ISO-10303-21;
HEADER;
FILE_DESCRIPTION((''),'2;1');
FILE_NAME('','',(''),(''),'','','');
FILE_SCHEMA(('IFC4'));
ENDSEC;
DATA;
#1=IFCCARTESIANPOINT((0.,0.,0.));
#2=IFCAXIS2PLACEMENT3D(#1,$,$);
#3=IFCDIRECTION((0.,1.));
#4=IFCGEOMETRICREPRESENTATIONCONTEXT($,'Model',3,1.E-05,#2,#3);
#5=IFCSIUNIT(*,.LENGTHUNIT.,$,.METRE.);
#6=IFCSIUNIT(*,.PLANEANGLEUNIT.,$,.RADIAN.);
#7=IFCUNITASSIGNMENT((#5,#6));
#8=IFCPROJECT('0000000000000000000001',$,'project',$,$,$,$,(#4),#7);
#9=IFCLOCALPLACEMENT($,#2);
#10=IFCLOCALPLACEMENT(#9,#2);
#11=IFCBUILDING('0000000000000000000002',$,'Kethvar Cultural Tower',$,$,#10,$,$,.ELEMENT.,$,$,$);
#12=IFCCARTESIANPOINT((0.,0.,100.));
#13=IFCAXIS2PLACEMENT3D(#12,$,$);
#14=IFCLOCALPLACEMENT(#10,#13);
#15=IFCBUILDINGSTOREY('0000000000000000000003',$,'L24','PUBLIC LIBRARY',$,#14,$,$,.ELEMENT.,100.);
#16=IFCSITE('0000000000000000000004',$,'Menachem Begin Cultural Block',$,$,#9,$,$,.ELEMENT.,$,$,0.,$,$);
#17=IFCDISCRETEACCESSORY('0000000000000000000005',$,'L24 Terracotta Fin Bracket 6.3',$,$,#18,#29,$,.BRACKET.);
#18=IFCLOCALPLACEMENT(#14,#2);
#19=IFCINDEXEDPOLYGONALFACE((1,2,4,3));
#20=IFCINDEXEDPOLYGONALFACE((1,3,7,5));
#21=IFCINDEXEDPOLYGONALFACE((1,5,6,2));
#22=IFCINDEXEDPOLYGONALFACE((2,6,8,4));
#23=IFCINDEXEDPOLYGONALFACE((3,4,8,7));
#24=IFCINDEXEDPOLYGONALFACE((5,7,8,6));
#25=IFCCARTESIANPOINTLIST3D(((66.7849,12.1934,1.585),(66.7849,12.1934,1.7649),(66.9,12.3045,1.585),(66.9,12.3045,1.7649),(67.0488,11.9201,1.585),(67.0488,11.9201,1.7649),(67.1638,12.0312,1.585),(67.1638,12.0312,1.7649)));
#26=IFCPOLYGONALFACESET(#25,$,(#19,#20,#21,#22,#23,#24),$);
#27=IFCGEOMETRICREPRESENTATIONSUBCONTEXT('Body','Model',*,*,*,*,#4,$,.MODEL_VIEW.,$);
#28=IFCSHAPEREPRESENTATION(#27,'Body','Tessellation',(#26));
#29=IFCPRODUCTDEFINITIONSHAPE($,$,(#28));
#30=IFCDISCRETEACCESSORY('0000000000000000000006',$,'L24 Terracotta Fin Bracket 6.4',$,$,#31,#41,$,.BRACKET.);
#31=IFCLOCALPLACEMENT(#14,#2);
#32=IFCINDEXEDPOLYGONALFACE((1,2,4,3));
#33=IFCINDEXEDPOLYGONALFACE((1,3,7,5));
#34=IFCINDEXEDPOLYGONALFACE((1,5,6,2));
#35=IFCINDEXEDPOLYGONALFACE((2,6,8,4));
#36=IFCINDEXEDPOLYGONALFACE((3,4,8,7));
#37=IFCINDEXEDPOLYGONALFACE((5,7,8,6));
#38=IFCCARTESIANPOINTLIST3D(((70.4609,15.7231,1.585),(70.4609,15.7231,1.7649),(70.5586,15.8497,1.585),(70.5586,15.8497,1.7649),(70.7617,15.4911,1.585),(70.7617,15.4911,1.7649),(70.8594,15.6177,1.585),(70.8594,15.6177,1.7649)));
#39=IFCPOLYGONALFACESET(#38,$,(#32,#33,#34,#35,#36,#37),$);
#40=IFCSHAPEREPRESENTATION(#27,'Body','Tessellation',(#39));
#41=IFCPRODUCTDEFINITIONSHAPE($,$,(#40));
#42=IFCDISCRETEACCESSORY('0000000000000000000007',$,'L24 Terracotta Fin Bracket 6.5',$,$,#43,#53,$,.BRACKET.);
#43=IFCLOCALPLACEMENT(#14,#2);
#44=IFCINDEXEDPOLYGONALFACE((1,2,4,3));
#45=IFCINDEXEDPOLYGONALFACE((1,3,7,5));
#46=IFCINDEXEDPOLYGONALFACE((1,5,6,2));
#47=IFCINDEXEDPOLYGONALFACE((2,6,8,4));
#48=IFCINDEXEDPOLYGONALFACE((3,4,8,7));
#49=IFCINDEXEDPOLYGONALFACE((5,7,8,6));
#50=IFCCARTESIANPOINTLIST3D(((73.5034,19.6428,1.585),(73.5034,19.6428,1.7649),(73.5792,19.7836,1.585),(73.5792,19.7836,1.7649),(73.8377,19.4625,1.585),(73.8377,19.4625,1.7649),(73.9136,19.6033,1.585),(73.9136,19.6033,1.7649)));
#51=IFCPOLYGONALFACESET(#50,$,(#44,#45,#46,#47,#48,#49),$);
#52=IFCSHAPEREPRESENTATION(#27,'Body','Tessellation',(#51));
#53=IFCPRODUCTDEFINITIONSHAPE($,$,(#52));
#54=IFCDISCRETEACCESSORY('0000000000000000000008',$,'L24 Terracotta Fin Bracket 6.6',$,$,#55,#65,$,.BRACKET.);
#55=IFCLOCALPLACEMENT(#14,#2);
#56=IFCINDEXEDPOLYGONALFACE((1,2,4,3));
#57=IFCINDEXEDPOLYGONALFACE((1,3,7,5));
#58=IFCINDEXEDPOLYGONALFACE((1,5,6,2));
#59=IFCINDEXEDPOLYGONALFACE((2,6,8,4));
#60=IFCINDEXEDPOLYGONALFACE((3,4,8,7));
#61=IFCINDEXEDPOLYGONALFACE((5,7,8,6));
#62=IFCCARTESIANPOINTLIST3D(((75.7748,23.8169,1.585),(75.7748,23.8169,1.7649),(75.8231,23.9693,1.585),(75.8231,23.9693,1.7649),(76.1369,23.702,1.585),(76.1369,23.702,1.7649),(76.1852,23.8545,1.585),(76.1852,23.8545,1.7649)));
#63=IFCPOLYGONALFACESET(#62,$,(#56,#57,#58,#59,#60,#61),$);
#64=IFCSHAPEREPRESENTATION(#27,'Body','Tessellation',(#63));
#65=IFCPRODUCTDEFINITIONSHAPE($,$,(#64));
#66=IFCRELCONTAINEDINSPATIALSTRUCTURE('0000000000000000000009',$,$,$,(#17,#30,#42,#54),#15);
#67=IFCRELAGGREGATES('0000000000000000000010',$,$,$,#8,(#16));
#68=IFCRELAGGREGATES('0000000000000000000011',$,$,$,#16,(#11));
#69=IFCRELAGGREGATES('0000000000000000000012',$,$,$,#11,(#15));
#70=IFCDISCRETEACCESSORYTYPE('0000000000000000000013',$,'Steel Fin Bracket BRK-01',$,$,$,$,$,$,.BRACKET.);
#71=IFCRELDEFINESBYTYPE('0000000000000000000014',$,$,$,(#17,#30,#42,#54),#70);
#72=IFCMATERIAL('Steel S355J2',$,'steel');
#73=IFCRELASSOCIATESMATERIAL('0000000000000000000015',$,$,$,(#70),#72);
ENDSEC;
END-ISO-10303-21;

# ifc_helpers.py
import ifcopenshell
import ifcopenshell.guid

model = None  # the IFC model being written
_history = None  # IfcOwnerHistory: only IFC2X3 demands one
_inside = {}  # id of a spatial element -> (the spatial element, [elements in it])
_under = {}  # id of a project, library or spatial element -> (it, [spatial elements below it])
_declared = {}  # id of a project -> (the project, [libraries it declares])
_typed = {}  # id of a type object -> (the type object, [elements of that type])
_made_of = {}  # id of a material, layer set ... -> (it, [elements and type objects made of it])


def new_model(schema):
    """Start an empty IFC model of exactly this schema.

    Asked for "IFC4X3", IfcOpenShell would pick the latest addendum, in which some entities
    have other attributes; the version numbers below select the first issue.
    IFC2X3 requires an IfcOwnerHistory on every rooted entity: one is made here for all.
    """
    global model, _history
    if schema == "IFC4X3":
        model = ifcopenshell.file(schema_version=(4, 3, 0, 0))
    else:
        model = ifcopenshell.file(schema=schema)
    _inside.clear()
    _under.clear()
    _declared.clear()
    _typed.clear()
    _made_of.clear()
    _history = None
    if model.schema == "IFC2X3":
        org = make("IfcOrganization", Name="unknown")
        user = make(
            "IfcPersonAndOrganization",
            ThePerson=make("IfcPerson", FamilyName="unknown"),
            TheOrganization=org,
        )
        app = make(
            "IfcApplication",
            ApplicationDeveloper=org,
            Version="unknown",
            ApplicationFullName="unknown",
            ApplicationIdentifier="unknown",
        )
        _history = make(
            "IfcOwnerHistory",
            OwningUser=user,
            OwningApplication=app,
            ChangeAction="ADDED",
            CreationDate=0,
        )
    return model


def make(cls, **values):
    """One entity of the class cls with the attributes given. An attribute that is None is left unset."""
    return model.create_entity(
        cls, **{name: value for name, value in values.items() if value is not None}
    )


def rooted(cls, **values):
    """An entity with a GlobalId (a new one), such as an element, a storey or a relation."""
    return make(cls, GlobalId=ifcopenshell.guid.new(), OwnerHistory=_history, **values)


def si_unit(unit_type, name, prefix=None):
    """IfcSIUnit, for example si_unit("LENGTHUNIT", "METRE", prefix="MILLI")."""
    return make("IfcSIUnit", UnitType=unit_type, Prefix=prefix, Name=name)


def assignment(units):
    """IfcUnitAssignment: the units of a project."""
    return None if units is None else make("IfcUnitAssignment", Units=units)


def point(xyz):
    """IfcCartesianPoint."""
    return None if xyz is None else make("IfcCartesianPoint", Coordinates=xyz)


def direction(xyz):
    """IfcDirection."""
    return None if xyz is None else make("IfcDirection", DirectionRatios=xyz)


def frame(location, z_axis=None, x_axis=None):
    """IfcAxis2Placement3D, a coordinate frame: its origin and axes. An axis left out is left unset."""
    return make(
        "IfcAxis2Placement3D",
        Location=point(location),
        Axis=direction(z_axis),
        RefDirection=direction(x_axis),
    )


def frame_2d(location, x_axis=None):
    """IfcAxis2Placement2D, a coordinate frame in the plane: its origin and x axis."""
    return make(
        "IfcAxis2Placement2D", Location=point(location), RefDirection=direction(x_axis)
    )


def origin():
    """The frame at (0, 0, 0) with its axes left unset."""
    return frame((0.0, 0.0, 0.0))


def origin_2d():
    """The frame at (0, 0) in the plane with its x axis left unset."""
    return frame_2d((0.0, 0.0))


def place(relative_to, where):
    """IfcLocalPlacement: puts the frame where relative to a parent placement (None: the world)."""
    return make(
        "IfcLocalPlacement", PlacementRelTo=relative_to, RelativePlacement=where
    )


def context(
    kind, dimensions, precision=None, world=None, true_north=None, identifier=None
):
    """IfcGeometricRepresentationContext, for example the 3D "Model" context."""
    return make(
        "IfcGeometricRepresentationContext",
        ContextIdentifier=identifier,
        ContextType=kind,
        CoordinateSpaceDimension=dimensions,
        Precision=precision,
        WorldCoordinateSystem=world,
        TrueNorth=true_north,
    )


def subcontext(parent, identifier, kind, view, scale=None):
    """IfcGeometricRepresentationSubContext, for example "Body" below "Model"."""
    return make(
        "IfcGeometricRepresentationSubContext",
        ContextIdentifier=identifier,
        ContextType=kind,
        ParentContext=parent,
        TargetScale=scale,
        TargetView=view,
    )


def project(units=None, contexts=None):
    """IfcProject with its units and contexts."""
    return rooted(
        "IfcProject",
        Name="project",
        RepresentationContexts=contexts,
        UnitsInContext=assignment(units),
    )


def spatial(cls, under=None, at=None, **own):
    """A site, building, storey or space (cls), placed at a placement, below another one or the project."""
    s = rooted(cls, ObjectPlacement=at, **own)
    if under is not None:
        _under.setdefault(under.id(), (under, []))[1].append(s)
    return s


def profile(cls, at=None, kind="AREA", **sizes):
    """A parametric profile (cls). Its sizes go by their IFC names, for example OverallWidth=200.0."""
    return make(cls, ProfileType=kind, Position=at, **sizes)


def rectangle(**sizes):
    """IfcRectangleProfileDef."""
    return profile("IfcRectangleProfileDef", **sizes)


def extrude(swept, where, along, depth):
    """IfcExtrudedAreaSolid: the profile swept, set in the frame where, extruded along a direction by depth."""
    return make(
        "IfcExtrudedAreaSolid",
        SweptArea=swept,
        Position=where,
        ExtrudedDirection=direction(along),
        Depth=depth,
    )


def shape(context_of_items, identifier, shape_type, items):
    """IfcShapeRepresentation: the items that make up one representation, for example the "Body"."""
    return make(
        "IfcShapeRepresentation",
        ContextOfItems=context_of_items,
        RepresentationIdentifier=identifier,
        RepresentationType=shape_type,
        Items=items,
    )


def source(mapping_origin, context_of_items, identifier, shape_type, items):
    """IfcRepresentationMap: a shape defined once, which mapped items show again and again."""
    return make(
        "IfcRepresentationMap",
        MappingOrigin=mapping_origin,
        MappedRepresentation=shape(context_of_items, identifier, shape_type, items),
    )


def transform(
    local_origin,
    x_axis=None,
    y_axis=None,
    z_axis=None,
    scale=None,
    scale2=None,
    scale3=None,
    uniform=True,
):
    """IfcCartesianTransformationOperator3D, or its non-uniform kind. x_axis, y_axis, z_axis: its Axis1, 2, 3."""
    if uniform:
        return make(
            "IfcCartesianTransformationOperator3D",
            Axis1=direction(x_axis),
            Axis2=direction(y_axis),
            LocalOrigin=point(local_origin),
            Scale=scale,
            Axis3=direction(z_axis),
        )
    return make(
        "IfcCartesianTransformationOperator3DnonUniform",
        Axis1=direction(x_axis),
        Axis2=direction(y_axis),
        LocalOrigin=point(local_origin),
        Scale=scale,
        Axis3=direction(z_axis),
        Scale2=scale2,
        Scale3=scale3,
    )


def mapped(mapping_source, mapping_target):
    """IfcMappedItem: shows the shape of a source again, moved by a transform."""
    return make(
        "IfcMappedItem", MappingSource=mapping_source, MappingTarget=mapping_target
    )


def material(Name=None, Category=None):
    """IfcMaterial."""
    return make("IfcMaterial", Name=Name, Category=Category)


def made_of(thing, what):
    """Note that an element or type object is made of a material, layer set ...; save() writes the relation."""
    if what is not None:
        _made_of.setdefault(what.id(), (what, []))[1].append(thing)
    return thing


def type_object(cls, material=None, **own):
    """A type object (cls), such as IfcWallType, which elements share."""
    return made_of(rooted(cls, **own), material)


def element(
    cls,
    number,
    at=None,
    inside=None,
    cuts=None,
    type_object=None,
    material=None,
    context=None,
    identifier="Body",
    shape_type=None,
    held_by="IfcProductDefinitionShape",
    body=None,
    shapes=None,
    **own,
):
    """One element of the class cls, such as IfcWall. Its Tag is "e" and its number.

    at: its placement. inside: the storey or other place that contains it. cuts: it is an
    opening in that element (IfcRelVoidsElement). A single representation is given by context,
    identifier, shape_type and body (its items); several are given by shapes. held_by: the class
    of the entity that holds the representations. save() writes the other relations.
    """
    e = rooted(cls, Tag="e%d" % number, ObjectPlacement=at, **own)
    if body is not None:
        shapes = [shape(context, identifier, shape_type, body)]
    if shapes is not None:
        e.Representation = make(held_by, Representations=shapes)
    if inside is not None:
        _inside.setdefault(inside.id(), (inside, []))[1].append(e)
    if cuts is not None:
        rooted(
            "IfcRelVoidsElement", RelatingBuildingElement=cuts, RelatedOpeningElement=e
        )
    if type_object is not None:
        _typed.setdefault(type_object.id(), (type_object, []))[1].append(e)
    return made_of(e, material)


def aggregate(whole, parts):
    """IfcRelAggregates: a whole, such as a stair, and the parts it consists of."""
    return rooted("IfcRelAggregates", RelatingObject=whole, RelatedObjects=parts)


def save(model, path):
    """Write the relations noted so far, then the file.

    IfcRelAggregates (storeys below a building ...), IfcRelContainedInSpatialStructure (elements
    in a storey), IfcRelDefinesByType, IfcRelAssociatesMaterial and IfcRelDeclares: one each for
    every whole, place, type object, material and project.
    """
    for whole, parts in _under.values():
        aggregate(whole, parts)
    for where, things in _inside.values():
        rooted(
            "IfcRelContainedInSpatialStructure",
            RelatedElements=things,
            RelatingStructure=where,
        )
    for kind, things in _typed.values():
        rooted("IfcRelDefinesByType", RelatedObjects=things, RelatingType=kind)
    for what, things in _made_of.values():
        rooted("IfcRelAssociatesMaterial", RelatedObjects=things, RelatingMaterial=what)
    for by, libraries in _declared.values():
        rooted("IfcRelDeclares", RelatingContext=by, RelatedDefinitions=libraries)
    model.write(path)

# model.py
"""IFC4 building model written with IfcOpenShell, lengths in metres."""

from ifc_helpers import new_model, si_unit, direction, frame, origin, origin_2d, place, context, subcontext, project, spatial, rectangle, extrude, source, transform, mapped, material, type_object, element, save


model = new_model("IFC4")

# Units and contexts
model_context = context("Model", 3, precision=1e-05, world=origin(), true_north=direction((0.0, 1.0)))
body_context = subcontext(model_context, "Body", "Model", "MODEL_VIEW")
ifc_project = project(units=[si_unit("LENGTHUNIT", "METRE"), si_unit("PLANEANGLEUNIT", "RADIAN")], contexts=[model_context])

# Site, building, storey
site_placement = place(None, origin())
site = spatial("IfcSite", under=ifc_project, at=site_placement, Name="Menachem Begin Cultural Block", CompositionType="ELEMENT", RefElevation=0.0)
building_placement = place(site_placement, origin())
building = spatial("IfcBuilding", under=site, at=building_placement, Name="Kethvar Cultural Tower", CompositionType="ELEMENT")
storey_placement = place(building_placement, frame((0.0, 0.0, 100.0)))
storey = spatial("IfcBuildingStorey", under=building, at=storey_placement, Name="L24", Description="PUBLIC LIBRARY", CompositionType="ELEMENT", Elevation=100.0)

# Shared definitions
ifc_material_1 = material(Name="Steel S355J2", Category="steel")

# Discrete accessories
discrete_accessory_type = type_object("IfcDiscreteAccessoryType", Name="Steel Fin Bracket BRK-01", PredefinedType="BRACKET", material=ifc_material_1)
shared_shape_1 = source(origin(), body_context, "Body", "SweptSolid", [
    extrude(rectangle(XDim=0.3799, YDim=0.1599, at=origin_2d()), origin(), (0.0, 0.0, 1.0), 0.1799),
])
for number, where, z_axis, x_axis, name in (
    (1, (66.9744, 12.1123, 1.585), (0.0, 0.0, 1.0), (0.694533, -0.719461, 0.0), "L24 Terracotta Fin Bracket 6.3"),
    (2, (70.6602, 15.6704, 1.585), (0.0, 0.0, 1.0), (0.791863, -0.610698, 0.0), "L24 Terracotta Fin Bracket 6.4"),
    (3, (73.7085, 19.623, 1.585), (0.0, 0.0, 1.0), (0.880229, -0.474549, 0.0), "L24 Terracotta Fin Bracket 6.5"),
    (4, (75.98, 23.8357, 1.585), (0.0, 0.0, 1.0), (0.953191, -0.30237, 0.0), "L24 Terracotta Fin Bracket 6.6"),
):
    element("IfcDiscreteAccessory", number, at=place(storey_placement, frame(where, z_axis=z_axis, x_axis=x_axis)), inside=storey, type_object=discrete_accessory_type, Name=name, PredefinedType="BRACKET", context=body_context, shape_type="MappedRepresentation", body=[
        mapped(shared_shape_1, transform((0.0, 0.0, 0.0), scale=1.0)),
    ])

save(model, "model.ifc")
